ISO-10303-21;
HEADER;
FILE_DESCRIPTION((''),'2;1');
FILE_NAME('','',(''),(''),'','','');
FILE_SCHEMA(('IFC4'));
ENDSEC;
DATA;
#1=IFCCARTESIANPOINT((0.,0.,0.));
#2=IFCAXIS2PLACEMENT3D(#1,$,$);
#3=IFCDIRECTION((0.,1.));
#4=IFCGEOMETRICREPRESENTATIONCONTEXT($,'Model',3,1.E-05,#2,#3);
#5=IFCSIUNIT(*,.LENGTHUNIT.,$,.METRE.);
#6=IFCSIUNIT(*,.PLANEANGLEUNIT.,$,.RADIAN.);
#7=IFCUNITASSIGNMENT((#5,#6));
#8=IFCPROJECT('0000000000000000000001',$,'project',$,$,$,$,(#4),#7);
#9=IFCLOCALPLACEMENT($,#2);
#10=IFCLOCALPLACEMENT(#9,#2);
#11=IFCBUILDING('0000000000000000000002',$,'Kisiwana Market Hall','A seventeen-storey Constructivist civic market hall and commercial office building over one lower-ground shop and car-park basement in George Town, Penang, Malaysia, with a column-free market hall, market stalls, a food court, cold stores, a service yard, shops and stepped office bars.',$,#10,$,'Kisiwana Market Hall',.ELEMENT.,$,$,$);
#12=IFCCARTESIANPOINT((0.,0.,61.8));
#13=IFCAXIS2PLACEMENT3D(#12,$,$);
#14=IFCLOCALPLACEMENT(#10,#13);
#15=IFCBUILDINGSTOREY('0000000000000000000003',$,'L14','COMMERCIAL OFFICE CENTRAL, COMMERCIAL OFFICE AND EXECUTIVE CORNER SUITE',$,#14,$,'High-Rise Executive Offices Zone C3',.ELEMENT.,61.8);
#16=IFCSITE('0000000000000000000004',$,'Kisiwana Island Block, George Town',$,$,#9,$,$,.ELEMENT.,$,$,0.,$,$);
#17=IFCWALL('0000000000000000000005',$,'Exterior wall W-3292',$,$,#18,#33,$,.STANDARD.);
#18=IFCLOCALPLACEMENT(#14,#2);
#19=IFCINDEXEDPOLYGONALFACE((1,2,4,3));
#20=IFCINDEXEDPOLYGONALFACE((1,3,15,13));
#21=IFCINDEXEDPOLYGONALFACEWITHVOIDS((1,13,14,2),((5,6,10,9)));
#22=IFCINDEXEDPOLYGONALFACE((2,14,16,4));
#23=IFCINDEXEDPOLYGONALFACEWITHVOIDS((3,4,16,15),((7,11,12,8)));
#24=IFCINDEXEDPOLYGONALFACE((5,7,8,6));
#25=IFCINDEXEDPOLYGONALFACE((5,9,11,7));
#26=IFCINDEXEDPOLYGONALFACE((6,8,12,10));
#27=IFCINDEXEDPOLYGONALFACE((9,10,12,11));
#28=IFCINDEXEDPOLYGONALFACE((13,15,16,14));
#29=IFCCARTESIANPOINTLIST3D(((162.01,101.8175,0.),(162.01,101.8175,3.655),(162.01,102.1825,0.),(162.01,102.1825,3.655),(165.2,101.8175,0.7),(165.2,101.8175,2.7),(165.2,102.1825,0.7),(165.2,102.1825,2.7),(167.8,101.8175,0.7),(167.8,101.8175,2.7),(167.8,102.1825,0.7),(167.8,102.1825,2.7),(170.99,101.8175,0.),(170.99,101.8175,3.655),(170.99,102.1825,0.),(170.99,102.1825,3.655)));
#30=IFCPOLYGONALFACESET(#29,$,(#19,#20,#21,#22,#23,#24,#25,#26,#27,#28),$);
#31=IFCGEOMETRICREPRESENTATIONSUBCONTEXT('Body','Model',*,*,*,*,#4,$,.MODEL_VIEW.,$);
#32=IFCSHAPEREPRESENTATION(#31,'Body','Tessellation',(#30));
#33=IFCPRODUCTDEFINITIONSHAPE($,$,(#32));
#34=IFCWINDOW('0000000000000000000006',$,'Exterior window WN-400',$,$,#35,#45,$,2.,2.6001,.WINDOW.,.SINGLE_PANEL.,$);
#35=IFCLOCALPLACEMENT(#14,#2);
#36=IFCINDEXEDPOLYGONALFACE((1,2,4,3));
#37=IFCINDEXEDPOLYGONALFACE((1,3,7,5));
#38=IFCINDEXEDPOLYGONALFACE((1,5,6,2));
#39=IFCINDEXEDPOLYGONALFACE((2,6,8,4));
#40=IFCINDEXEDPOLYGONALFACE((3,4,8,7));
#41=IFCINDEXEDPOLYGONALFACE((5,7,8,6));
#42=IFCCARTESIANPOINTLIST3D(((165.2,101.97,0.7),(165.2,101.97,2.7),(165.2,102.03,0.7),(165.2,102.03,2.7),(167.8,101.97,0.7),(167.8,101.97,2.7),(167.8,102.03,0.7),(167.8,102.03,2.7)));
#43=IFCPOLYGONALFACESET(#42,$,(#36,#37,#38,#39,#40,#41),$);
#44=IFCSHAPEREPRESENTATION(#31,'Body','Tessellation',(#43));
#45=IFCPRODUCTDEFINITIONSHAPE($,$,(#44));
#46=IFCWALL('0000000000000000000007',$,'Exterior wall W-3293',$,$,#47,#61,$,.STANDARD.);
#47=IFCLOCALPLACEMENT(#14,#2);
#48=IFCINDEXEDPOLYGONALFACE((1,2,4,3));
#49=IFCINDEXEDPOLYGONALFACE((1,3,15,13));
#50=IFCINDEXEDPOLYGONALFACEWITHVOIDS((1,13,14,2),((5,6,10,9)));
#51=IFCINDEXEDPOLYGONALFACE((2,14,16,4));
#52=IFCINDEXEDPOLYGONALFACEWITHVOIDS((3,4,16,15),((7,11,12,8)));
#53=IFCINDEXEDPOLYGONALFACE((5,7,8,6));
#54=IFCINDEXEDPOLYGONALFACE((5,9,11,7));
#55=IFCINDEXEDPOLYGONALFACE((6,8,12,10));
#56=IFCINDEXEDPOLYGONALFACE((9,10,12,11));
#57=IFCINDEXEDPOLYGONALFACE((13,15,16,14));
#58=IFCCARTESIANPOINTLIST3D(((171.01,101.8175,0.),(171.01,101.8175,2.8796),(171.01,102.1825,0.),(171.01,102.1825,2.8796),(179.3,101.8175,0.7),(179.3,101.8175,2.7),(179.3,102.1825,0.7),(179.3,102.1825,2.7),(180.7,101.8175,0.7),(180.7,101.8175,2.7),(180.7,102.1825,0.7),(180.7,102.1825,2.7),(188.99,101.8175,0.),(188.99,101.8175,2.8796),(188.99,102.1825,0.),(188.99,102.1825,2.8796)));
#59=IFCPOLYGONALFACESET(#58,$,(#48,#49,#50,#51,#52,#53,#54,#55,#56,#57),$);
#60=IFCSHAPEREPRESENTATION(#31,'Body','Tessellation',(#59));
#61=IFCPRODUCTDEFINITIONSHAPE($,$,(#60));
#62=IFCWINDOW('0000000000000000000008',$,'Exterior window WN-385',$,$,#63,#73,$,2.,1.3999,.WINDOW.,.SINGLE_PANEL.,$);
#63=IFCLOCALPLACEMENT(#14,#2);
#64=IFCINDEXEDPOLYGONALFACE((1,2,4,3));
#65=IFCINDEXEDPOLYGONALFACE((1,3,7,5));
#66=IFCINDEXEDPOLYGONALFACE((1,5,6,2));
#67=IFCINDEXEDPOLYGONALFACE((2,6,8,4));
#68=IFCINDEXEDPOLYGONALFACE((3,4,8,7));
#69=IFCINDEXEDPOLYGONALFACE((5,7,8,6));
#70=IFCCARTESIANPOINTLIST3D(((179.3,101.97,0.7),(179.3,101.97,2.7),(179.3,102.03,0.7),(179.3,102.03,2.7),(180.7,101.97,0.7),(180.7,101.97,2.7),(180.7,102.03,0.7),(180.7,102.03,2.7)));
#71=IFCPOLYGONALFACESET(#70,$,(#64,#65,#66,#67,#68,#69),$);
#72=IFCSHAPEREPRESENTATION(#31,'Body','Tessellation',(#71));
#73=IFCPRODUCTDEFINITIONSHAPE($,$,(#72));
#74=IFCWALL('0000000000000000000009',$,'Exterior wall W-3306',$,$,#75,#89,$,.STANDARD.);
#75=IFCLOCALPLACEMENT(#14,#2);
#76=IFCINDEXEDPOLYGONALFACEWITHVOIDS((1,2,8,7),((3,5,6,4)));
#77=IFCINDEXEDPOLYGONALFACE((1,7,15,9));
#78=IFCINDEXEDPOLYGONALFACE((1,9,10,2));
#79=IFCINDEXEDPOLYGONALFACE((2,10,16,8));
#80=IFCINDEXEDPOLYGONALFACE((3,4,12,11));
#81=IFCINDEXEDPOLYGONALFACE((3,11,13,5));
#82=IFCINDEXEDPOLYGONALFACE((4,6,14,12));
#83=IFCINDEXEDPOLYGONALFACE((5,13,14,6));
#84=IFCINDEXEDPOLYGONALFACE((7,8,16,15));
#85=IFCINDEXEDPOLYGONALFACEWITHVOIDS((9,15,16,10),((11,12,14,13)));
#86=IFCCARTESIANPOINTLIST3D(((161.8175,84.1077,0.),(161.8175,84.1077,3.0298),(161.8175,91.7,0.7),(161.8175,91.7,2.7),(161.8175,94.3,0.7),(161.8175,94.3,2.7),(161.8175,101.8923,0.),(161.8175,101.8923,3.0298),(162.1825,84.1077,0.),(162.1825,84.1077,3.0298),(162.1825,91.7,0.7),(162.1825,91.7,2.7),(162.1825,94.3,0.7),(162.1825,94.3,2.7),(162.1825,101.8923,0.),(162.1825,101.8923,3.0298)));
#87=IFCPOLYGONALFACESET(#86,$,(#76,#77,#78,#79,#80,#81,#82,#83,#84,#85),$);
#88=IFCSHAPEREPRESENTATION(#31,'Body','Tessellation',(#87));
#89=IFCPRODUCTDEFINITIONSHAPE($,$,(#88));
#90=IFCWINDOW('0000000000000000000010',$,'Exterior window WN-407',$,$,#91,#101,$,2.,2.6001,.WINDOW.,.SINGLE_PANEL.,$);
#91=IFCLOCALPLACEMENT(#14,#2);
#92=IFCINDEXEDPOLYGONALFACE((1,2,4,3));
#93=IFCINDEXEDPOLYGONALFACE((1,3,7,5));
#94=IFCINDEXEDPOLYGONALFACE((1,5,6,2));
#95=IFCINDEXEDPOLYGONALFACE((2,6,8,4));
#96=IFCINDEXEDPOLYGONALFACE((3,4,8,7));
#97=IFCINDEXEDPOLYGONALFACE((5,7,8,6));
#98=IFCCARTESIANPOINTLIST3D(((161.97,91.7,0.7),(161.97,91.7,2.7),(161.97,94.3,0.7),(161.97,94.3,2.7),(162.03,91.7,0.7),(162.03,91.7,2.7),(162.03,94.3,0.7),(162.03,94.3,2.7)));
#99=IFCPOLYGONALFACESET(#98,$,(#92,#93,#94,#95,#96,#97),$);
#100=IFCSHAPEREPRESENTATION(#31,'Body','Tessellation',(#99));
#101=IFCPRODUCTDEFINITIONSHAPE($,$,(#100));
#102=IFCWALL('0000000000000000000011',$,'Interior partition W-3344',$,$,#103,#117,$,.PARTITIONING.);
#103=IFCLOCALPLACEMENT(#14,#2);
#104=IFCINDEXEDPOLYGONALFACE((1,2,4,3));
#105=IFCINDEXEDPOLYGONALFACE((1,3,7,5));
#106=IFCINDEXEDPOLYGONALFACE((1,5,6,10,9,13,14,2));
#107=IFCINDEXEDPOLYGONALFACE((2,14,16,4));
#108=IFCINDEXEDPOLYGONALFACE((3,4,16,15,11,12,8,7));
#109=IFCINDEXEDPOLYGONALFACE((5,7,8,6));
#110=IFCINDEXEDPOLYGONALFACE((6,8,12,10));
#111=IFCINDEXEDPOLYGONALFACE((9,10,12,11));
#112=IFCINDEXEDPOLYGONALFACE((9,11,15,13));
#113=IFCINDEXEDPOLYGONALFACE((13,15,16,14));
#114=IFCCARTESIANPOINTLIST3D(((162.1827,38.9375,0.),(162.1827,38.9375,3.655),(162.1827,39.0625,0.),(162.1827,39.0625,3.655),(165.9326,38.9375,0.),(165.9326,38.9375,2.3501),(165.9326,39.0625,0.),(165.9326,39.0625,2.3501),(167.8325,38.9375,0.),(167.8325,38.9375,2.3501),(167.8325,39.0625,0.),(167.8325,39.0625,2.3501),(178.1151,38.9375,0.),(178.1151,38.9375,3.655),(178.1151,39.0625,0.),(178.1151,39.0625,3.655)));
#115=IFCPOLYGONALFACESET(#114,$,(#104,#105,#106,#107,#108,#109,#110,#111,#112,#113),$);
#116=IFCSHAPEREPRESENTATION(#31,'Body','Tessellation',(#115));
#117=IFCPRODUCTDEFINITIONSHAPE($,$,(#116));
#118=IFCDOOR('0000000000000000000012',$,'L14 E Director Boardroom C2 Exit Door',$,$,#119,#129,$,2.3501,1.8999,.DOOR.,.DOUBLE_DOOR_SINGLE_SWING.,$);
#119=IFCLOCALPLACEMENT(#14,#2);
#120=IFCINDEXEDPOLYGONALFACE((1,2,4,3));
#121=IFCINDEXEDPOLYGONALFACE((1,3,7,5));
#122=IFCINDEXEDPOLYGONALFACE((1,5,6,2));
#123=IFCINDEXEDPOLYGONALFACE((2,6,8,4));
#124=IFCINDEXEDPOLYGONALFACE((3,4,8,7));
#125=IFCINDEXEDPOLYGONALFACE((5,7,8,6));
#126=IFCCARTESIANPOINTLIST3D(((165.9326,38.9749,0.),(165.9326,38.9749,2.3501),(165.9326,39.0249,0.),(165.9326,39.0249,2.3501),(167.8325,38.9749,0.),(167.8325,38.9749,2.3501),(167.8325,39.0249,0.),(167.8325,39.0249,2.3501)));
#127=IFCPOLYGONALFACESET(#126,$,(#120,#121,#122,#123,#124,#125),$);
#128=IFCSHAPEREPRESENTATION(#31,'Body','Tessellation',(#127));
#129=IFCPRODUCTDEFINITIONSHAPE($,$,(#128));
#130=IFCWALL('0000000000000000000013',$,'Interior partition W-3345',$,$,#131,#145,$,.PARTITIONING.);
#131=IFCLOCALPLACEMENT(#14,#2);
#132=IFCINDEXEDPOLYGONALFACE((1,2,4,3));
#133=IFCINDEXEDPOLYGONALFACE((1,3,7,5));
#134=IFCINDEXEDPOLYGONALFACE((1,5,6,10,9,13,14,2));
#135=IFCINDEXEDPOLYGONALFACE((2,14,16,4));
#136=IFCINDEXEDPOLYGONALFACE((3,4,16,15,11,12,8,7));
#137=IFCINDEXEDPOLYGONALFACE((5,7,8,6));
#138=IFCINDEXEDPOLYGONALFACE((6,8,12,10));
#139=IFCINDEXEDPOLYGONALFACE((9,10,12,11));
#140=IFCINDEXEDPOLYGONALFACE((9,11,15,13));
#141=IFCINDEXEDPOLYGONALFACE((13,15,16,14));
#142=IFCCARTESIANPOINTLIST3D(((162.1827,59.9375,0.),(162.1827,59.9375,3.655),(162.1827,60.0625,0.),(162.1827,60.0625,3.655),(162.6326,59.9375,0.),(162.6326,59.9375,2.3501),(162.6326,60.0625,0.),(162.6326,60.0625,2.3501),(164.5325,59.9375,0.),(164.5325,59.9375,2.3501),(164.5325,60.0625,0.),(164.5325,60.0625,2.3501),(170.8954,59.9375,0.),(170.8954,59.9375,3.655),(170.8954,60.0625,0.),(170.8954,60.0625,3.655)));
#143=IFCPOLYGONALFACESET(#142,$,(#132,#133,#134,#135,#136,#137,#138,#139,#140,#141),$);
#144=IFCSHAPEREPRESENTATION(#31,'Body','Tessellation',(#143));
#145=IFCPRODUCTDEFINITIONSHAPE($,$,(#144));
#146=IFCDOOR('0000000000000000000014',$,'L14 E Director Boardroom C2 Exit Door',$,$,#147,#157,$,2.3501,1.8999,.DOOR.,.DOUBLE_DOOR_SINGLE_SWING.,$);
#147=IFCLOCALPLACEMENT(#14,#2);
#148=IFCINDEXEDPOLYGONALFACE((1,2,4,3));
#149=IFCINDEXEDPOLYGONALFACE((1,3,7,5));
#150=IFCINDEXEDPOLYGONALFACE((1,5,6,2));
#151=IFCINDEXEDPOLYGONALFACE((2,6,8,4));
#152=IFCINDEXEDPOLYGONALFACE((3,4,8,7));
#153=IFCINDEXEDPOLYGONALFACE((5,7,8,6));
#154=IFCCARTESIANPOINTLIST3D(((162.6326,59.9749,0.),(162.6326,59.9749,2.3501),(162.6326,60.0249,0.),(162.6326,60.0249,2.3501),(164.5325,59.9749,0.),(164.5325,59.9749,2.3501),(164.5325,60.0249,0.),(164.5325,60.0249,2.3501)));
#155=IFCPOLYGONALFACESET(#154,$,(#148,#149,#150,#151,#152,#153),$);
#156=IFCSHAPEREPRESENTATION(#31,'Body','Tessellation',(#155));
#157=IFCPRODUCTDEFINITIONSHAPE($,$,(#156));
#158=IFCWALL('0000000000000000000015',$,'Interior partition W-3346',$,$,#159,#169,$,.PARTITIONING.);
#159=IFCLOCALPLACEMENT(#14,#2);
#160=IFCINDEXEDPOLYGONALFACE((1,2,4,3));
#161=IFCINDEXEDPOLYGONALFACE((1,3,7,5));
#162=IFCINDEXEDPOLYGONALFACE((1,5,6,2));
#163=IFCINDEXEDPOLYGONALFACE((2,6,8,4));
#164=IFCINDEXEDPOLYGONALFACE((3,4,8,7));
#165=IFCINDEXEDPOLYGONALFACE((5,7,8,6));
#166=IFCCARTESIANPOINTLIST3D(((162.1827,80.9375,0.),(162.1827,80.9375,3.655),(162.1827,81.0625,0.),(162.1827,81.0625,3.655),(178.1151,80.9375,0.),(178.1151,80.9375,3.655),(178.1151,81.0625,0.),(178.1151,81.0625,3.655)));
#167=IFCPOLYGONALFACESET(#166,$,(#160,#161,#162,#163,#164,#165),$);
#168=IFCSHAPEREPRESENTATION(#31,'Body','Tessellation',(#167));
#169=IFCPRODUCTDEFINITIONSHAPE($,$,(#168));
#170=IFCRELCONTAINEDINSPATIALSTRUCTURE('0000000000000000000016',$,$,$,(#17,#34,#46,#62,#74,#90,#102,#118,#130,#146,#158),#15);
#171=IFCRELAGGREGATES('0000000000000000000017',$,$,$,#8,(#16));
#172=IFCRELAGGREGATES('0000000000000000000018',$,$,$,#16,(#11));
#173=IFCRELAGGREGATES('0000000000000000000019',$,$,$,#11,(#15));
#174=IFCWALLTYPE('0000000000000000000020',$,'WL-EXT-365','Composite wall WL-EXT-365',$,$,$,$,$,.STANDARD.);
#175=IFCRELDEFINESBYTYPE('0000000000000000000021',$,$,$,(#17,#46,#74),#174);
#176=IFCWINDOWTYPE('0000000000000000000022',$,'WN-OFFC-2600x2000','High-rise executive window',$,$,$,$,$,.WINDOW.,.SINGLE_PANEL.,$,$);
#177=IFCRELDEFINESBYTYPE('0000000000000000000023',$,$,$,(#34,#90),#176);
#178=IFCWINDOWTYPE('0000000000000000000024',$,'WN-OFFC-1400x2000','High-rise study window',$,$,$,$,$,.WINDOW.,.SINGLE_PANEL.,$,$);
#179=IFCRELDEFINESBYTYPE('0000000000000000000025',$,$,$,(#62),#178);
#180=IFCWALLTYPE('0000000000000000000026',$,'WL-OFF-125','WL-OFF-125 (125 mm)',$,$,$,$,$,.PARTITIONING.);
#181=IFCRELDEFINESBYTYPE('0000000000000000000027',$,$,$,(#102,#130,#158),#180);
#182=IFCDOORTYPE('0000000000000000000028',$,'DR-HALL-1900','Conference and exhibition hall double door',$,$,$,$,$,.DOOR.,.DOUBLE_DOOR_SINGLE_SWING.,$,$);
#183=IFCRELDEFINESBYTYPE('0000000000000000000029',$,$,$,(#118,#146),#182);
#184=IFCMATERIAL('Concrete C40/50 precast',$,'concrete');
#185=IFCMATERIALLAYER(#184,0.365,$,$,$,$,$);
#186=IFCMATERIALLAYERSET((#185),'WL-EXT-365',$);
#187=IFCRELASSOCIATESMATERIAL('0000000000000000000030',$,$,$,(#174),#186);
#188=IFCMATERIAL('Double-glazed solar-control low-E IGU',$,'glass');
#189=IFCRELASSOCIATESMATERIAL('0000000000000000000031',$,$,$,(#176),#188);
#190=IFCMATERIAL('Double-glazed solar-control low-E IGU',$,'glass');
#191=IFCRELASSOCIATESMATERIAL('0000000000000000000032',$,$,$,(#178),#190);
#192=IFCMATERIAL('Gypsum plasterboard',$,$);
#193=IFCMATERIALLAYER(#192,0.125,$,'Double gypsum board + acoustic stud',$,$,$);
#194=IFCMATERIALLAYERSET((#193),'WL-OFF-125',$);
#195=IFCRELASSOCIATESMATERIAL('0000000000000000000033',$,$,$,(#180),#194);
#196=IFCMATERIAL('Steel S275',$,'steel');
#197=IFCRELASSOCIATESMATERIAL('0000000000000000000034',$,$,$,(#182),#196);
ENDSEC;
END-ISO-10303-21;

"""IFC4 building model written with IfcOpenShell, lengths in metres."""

from ifc_helpers import new_model, si_unit, direction, frame, frame_2d, origin, place, context, subcontext, project, spatial, rectangle, extrude, material, layer, layer_set, type_object, element, fill, save


model = new_model("IFC4")

# Units and contexts
model_context = context("Model", 3, precision=1e-05, world=origin(), true_north=direction((0.0, 1.0)))
body_context = subcontext(model_context, "Body", "Model", "MODEL_VIEW")
ifc_project = project(units=[si_unit("LENGTHUNIT", "METRE"), si_unit("PLANEANGLEUNIT", "RADIAN")], contexts=[model_context])

# Site, building, storey
site_placement = place(None, origin())
site = spatial("IfcSite", under=ifc_project, at=site_placement, Name="Kisiwana Island Block, George Town", CompositionType="ELEMENT", RefElevation=0.0)
building_placement = place(site_placement, origin())
building = spatial("IfcBuilding", under=site, at=building_placement, Name="Kisiwana Market Hall", Description="A seventeen-storey Constructivist civic market hall and commercial office building over one lower-ground shop and car-park basement in George Town, Penang, Malaysia, with a column-free market hall, market stalls, a food court, cold stores, a service yard, shops and stepped office bars.", LongName="Kisiwana Market Hall", CompositionType="ELEMENT")
storey_placement = place(building_placement, frame((0.0, 0.0, 61.8)))
storey = spatial("IfcBuildingStorey", under=building, at=storey_placement, Name="L14", Description="COMMERCIAL OFFICE CENTRAL, COMMERCIAL OFFICE AND EXECUTIVE CORNER SUITE", LongName="High-Rise Executive Offices Zone C3", CompositionType="ELEMENT", Elevation=61.8)

# Walls, openings, windows
ifc_material_1 = material(Name="Concrete C40/50 precast", Category="concrete")
ifc_layer_1 = layer(ifc_material_1, 0.365)
ifc_layer_set_1 = layer_set([ifc_layer_1], Name="WL-EXT-365")
wall_type_1 = type_object("IfcWallType", Name="WL-EXT-365", Description="Composite wall WL-EXT-365", PredefinedType="STANDARD", material=ifc_layer_set_1)
ifc_material_2 = material(Name="Double-glazed solar-control low-E IGU", Category="glass")
window_type_1 = type_object("IfcWindowType", Name="WN-OFFC-2600x2000", Description="High-rise executive window", PartitioningType="SINGLE_PANEL", PredefinedType="WINDOW", material=ifc_material_2)
ifc_material_3 = material(Name="Double-glazed solar-control low-E IGU", Category="glass")
window_type_2 = type_object("IfcWindowType", Name="WN-OFFC-1400x2000", Description="High-rise study window", PartitioningType="SINGLE_PANEL", PredefinedType="WINDOW", material=ifc_material_3)
wall_1_placement = place(storey_placement, frame((162.01, 102.0, 0.0), z_axis=(0.0, 0.0, 1.0), x_axis=(1.0, 0.0, 0.0)))
wall_1 = element("IfcWall", 1, at=wall_1_placement, inside=storey, type_object=wall_type_1, Name="Exterior wall W-3292", PredefinedType="STANDARD", context=body_context, shape_type="SweptSolid", body=[
    extrude(rectangle(XDim=8.98, YDim=0.365, at=frame_2d((4.49, 0.0))), origin(), (0.0, 0.0, 1.0), 3.655),
])
opening_1_placement = place(wall_1_placement, frame((3.1899, 0.0, 0.7)))
opening_1 = element("IfcOpeningElement", 2, at=opening_1_placement, cuts=wall_1, PredefinedType="OPENING", context=body_context, shape_type="SweptSolid", body=[
    extrude(rectangle(XDim=2.6001, YDim=2.0, at=frame_2d((1.3, 1.0))), frame((0.0, 0.1943, 0.0), z_axis=(0.0, -1.0, 0.0), x_axis=(1.0, 0.0, 0.0)), (0.0, 0.0, 1.0), 0.3889),
])
window_1_placement = place(opening_1_placement, origin())
window_1 = element("IfcWindow", 3, at=window_1_placement, inside=storey, type_object=window_type_1, Name="Exterior window WN-400", OverallHeight=2.0, OverallWidth=2.6001, PartitioningType="SINGLE_PANEL", PredefinedType="WINDOW", context=body_context, shape_type="SweptSolid", body=[
    extrude(rectangle(XDim=2.6001, YDim=2.0, at=frame_2d((1.3, 1.0))), frame((0.0, 0.03, 0.0), z_axis=(0.0, -1.0, 0.0), x_axis=(1.0, 0.0, 0.0)), (0.0, 0.0, 1.0), 0.0601),
])
fill(opening_1, window_1)
wall_2_placement = place(storey_placement, frame((171.01, 102.0, 0.0), z_axis=(0.0, 0.0, 1.0), x_axis=(1.0, 0.0, 0.0)))
wall_2 = element("IfcWall", 4, at=wall_2_placement, inside=storey, type_object=wall_type_1, Name="Exterior wall W-3293", PredefinedType="STANDARD", context=body_context, shape_type="SweptSolid", body=[
    extrude(rectangle(XDim=17.98, YDim=0.365, at=frame_2d((8.99, 0.0))), origin(), (0.0, 0.0, 1.0), 2.8796),
])
opening_2_placement = place(wall_2_placement, frame((8.29, 0.0, 0.7)))
opening_2 = element("IfcOpeningElement", 5, at=opening_2_placement, cuts=wall_2, PredefinedType="OPENING", context=body_context, shape_type="SweptSolid", body=[
    extrude(rectangle(XDim=1.3999, YDim=2.0, at=frame_2d((0.7, 1.0))), frame((0.0, 0.1943, 0.0), z_axis=(0.0, -1.0, 0.0), x_axis=(1.0, 0.0, 0.0)), (0.0, 0.0, 1.0), 0.3889),
])
window_2_placement = place(opening_2_placement, origin())
window_2 = element("IfcWindow", 6, at=window_2_placement, inside=storey, type_object=window_type_2, Name="Exterior window WN-385", OverallHeight=2.0, OverallWidth=1.3999, PartitioningType="SINGLE_PANEL", PredefinedType="WINDOW", context=body_context, shape_type="SweptSolid", body=[
    extrude(rectangle(XDim=1.3999, YDim=2.0, at=frame_2d((0.7, 1.0))), frame((0.0, 0.03, 0.0), z_axis=(0.0, -1.0, 0.0), x_axis=(1.0, 0.0, 0.0)), (0.0, 0.0, 1.0), 0.0601),
])
fill(opening_2, window_2)
wall_3_placement = place(storey_placement, frame((162.0, 84.1077, 0.0), z_axis=(0.0, 0.0, 1.0), x_axis=(0.0, 1.0, 0.0)))
wall_3 = element("IfcWall", 7, at=wall_3_placement, inside=storey, type_object=wall_type_1, Name="Exterior wall W-3306", PredefinedType="STANDARD", context=body_context, shape_type="SweptSolid", body=[
    extrude(rectangle(XDim=17.7847, YDim=0.365, at=frame_2d((8.8923, 0.0))), origin(), (0.0, 0.0, 1.0), 3.0298),
])
opening_3_placement = place(wall_3_placement, frame((7.5923, 0.0, 0.7)))
opening_3 = element("IfcOpeningElement", 8, at=opening_3_placement, cuts=wall_3, PredefinedType="OPENING", context=body_context, shape_type="SweptSolid", body=[
    extrude(rectangle(XDim=2.6001, YDim=2.0, at=frame_2d((1.3, 1.0))), frame((0.0, 0.1943, 0.0), z_axis=(0.0, -1.0, 0.0), x_axis=(1.0, 0.0, 0.0)), (0.0, 0.0, 1.0), 0.3889),
])
window_3_placement = place(opening_3_placement, origin())
window_3 = element("IfcWindow", 9, at=window_3_placement, inside=storey, type_object=window_type_1, Name="Exterior window WN-407", OverallHeight=2.0, OverallWidth=2.6001, PartitioningType="SINGLE_PANEL", PredefinedType="WINDOW", context=body_context, shape_type="SweptSolid", body=[
    extrude(rectangle(XDim=2.6001, YDim=2.0, at=frame_2d((1.3, 1.0))), frame((0.0, 0.03, 0.0), z_axis=(0.0, -1.0, 0.0), x_axis=(1.0, 0.0, 0.0)), (0.0, 0.0, 1.0), 0.0601),
])
fill(opening_3, window_3)

# Walls, openings, doors
ifc_material_4 = material(Name="Gypsum plasterboard")
ifc_layer_2 = layer(ifc_material_4, 0.125, Name="Double gypsum board + acoustic stud")
ifc_layer_set_2 = layer_set([ifc_layer_2], Name="WL-OFF-125")
wall_type_2 = type_object("IfcWallType", Name="WL-OFF-125", Description="WL-OFF-125 (125 mm)", PredefinedType="PARTITIONING", material=ifc_layer_set_2)
wall_4_placement = place(storey_placement, frame((162.1826, 39.0, 0.0), z_axis=(0.0, 0.0, 1.0), x_axis=(1.0, 0.0, 0.0)))
wall_4 = element("IfcWall", 10, at=wall_4_placement, inside=storey, type_object=wall_type_2, Name="Interior partition W-3344", PredefinedType="PARTITIONING", context=body_context, shape_type="SweptSolid", body=[
    extrude(rectangle(XDim=15.9324, YDim=0.125, at=frame_2d((7.9663, 0.0))), origin(), (0.0, 0.0, 1.0), 3.655),
])
opening_4_placement = place(wall_4_placement, frame((3.75, 0.0, 0.0)))
opening_4 = element("IfcOpeningElement", 11, at=opening_4_placement, cuts=wall_4, PredefinedType="OPENING", context=body_context, shape_type="SweptSolid", body=[
    extrude(rectangle(XDim=1.8999, YDim=2.3501, at=frame_2d((0.95, 1.175))), frame((0.0, 0.0745, 0.0), z_axis=(0.0, -1.0, 0.0), x_axis=(1.0, 0.0, 0.0)), (0.0, 0.0, 1.0), 0.1489),
])
ifc_material_5 = material(Name="Steel S275", Category="steel")
door_type = type_object("IfcDoorType", Name="DR-HALL-1900", Description="Conference and exhibition hall double door", OperationType="DOUBLE_DOOR_SINGLE_SWING", PredefinedType="DOOR", material=ifc_material_5)
door_1_placement = place(opening_4_placement, origin())
door_1 = element("IfcDoor", 12, at=door_1_placement, inside=storey, type_object=door_type, Name="L14 E Director Boardroom C2 Exit Door", OperationType="DOUBLE_DOOR_SINGLE_SWING", OverallHeight=2.3501, OverallWidth=1.8999, PredefinedType="DOOR", context=body_context, shape_type="SweptSolid", body=[
    extrude(rectangle(XDim=1.8999, YDim=2.3501, at=frame_2d((0.95, 1.175))), frame((0.0, 0.0249, 0.0), z_axis=(0.0, -1.0, 0.0), x_axis=(1.0, 0.0, 0.0)), (0.0, 0.0, 1.0), 0.05),
])
fill(opening_4, door_1)
wall_5_placement = place(storey_placement, frame((162.1826, 60.0, 0.0), z_axis=(0.0, 0.0, 1.0), x_axis=(1.0, 0.0, 0.0)))
wall_5 = element("IfcWall", 13, at=wall_5_placement, inside=storey, type_object=wall_type_2, Name="Interior partition W-3345", PredefinedType="PARTITIONING", context=body_context, shape_type="SweptSolid", body=[
    extrude(rectangle(XDim=8.7126, YDim=0.125, at=frame_2d((4.3564, 0.0))), origin(), (0.0, 0.0, 1.0), 3.655),
])
opening_5_placement = place(wall_5_placement, frame((0.45, 0.0, 0.0)))
opening_5 = element("IfcOpeningElement", 14, at=opening_5_placement, cuts=wall_5, PredefinedType="OPENING", context=body_context, shape_type="SweptSolid", body=[
    extrude(rectangle(XDim=1.8999, YDim=2.3501, at=frame_2d((0.95, 1.175))), frame((0.0, 0.0745, 0.0), z_axis=(0.0, -1.0, 0.0), x_axis=(1.0, 0.0, 0.0)), (0.0, 0.0, 1.0), 0.1489),
])
door_2_placement = place(opening_5_placement, origin())
door_2 = element("IfcDoor", 15, at=door_2_placement, inside=storey, type_object=door_type, Name="L14 E Director Boardroom C2 Exit Door", OperationType="DOUBLE_DOOR_SINGLE_SWING", OverallHeight=2.3501, OverallWidth=1.8999, PredefinedType="DOOR", context=body_context, shape_type="SweptSolid", body=[
    extrude(rectangle(XDim=1.8999, YDim=2.3501, at=frame_2d((0.95, 1.175))), frame((0.0, 0.0249, 0.0), z_axis=(0.0, -1.0, 0.0), x_axis=(1.0, 0.0, 0.0)), (0.0, 0.0, 1.0), 0.05),
])
fill(opening_5, door_2)

# Wall
wall_6_placement = place(storey_placement, frame((162.1826, 81.0, 0.0), z_axis=(0.0, 0.0, 1.0), x_axis=(1.0, 0.0, 0.0)))
element("IfcWall", 16, at=wall_6_placement, inside=storey, type_object=wall_type_2, Name="Interior partition W-3346", PredefinedType="PARTITIONING", context=body_context, shape_type="SweptSolid", body=[
    extrude(rectangle(XDim=15.9324, YDim=0.125, at=frame_2d((7.9663, 0.0))), origin(), (0.0, 0.0, 1.0), 3.655),
])

save(model, "model.ifc")
